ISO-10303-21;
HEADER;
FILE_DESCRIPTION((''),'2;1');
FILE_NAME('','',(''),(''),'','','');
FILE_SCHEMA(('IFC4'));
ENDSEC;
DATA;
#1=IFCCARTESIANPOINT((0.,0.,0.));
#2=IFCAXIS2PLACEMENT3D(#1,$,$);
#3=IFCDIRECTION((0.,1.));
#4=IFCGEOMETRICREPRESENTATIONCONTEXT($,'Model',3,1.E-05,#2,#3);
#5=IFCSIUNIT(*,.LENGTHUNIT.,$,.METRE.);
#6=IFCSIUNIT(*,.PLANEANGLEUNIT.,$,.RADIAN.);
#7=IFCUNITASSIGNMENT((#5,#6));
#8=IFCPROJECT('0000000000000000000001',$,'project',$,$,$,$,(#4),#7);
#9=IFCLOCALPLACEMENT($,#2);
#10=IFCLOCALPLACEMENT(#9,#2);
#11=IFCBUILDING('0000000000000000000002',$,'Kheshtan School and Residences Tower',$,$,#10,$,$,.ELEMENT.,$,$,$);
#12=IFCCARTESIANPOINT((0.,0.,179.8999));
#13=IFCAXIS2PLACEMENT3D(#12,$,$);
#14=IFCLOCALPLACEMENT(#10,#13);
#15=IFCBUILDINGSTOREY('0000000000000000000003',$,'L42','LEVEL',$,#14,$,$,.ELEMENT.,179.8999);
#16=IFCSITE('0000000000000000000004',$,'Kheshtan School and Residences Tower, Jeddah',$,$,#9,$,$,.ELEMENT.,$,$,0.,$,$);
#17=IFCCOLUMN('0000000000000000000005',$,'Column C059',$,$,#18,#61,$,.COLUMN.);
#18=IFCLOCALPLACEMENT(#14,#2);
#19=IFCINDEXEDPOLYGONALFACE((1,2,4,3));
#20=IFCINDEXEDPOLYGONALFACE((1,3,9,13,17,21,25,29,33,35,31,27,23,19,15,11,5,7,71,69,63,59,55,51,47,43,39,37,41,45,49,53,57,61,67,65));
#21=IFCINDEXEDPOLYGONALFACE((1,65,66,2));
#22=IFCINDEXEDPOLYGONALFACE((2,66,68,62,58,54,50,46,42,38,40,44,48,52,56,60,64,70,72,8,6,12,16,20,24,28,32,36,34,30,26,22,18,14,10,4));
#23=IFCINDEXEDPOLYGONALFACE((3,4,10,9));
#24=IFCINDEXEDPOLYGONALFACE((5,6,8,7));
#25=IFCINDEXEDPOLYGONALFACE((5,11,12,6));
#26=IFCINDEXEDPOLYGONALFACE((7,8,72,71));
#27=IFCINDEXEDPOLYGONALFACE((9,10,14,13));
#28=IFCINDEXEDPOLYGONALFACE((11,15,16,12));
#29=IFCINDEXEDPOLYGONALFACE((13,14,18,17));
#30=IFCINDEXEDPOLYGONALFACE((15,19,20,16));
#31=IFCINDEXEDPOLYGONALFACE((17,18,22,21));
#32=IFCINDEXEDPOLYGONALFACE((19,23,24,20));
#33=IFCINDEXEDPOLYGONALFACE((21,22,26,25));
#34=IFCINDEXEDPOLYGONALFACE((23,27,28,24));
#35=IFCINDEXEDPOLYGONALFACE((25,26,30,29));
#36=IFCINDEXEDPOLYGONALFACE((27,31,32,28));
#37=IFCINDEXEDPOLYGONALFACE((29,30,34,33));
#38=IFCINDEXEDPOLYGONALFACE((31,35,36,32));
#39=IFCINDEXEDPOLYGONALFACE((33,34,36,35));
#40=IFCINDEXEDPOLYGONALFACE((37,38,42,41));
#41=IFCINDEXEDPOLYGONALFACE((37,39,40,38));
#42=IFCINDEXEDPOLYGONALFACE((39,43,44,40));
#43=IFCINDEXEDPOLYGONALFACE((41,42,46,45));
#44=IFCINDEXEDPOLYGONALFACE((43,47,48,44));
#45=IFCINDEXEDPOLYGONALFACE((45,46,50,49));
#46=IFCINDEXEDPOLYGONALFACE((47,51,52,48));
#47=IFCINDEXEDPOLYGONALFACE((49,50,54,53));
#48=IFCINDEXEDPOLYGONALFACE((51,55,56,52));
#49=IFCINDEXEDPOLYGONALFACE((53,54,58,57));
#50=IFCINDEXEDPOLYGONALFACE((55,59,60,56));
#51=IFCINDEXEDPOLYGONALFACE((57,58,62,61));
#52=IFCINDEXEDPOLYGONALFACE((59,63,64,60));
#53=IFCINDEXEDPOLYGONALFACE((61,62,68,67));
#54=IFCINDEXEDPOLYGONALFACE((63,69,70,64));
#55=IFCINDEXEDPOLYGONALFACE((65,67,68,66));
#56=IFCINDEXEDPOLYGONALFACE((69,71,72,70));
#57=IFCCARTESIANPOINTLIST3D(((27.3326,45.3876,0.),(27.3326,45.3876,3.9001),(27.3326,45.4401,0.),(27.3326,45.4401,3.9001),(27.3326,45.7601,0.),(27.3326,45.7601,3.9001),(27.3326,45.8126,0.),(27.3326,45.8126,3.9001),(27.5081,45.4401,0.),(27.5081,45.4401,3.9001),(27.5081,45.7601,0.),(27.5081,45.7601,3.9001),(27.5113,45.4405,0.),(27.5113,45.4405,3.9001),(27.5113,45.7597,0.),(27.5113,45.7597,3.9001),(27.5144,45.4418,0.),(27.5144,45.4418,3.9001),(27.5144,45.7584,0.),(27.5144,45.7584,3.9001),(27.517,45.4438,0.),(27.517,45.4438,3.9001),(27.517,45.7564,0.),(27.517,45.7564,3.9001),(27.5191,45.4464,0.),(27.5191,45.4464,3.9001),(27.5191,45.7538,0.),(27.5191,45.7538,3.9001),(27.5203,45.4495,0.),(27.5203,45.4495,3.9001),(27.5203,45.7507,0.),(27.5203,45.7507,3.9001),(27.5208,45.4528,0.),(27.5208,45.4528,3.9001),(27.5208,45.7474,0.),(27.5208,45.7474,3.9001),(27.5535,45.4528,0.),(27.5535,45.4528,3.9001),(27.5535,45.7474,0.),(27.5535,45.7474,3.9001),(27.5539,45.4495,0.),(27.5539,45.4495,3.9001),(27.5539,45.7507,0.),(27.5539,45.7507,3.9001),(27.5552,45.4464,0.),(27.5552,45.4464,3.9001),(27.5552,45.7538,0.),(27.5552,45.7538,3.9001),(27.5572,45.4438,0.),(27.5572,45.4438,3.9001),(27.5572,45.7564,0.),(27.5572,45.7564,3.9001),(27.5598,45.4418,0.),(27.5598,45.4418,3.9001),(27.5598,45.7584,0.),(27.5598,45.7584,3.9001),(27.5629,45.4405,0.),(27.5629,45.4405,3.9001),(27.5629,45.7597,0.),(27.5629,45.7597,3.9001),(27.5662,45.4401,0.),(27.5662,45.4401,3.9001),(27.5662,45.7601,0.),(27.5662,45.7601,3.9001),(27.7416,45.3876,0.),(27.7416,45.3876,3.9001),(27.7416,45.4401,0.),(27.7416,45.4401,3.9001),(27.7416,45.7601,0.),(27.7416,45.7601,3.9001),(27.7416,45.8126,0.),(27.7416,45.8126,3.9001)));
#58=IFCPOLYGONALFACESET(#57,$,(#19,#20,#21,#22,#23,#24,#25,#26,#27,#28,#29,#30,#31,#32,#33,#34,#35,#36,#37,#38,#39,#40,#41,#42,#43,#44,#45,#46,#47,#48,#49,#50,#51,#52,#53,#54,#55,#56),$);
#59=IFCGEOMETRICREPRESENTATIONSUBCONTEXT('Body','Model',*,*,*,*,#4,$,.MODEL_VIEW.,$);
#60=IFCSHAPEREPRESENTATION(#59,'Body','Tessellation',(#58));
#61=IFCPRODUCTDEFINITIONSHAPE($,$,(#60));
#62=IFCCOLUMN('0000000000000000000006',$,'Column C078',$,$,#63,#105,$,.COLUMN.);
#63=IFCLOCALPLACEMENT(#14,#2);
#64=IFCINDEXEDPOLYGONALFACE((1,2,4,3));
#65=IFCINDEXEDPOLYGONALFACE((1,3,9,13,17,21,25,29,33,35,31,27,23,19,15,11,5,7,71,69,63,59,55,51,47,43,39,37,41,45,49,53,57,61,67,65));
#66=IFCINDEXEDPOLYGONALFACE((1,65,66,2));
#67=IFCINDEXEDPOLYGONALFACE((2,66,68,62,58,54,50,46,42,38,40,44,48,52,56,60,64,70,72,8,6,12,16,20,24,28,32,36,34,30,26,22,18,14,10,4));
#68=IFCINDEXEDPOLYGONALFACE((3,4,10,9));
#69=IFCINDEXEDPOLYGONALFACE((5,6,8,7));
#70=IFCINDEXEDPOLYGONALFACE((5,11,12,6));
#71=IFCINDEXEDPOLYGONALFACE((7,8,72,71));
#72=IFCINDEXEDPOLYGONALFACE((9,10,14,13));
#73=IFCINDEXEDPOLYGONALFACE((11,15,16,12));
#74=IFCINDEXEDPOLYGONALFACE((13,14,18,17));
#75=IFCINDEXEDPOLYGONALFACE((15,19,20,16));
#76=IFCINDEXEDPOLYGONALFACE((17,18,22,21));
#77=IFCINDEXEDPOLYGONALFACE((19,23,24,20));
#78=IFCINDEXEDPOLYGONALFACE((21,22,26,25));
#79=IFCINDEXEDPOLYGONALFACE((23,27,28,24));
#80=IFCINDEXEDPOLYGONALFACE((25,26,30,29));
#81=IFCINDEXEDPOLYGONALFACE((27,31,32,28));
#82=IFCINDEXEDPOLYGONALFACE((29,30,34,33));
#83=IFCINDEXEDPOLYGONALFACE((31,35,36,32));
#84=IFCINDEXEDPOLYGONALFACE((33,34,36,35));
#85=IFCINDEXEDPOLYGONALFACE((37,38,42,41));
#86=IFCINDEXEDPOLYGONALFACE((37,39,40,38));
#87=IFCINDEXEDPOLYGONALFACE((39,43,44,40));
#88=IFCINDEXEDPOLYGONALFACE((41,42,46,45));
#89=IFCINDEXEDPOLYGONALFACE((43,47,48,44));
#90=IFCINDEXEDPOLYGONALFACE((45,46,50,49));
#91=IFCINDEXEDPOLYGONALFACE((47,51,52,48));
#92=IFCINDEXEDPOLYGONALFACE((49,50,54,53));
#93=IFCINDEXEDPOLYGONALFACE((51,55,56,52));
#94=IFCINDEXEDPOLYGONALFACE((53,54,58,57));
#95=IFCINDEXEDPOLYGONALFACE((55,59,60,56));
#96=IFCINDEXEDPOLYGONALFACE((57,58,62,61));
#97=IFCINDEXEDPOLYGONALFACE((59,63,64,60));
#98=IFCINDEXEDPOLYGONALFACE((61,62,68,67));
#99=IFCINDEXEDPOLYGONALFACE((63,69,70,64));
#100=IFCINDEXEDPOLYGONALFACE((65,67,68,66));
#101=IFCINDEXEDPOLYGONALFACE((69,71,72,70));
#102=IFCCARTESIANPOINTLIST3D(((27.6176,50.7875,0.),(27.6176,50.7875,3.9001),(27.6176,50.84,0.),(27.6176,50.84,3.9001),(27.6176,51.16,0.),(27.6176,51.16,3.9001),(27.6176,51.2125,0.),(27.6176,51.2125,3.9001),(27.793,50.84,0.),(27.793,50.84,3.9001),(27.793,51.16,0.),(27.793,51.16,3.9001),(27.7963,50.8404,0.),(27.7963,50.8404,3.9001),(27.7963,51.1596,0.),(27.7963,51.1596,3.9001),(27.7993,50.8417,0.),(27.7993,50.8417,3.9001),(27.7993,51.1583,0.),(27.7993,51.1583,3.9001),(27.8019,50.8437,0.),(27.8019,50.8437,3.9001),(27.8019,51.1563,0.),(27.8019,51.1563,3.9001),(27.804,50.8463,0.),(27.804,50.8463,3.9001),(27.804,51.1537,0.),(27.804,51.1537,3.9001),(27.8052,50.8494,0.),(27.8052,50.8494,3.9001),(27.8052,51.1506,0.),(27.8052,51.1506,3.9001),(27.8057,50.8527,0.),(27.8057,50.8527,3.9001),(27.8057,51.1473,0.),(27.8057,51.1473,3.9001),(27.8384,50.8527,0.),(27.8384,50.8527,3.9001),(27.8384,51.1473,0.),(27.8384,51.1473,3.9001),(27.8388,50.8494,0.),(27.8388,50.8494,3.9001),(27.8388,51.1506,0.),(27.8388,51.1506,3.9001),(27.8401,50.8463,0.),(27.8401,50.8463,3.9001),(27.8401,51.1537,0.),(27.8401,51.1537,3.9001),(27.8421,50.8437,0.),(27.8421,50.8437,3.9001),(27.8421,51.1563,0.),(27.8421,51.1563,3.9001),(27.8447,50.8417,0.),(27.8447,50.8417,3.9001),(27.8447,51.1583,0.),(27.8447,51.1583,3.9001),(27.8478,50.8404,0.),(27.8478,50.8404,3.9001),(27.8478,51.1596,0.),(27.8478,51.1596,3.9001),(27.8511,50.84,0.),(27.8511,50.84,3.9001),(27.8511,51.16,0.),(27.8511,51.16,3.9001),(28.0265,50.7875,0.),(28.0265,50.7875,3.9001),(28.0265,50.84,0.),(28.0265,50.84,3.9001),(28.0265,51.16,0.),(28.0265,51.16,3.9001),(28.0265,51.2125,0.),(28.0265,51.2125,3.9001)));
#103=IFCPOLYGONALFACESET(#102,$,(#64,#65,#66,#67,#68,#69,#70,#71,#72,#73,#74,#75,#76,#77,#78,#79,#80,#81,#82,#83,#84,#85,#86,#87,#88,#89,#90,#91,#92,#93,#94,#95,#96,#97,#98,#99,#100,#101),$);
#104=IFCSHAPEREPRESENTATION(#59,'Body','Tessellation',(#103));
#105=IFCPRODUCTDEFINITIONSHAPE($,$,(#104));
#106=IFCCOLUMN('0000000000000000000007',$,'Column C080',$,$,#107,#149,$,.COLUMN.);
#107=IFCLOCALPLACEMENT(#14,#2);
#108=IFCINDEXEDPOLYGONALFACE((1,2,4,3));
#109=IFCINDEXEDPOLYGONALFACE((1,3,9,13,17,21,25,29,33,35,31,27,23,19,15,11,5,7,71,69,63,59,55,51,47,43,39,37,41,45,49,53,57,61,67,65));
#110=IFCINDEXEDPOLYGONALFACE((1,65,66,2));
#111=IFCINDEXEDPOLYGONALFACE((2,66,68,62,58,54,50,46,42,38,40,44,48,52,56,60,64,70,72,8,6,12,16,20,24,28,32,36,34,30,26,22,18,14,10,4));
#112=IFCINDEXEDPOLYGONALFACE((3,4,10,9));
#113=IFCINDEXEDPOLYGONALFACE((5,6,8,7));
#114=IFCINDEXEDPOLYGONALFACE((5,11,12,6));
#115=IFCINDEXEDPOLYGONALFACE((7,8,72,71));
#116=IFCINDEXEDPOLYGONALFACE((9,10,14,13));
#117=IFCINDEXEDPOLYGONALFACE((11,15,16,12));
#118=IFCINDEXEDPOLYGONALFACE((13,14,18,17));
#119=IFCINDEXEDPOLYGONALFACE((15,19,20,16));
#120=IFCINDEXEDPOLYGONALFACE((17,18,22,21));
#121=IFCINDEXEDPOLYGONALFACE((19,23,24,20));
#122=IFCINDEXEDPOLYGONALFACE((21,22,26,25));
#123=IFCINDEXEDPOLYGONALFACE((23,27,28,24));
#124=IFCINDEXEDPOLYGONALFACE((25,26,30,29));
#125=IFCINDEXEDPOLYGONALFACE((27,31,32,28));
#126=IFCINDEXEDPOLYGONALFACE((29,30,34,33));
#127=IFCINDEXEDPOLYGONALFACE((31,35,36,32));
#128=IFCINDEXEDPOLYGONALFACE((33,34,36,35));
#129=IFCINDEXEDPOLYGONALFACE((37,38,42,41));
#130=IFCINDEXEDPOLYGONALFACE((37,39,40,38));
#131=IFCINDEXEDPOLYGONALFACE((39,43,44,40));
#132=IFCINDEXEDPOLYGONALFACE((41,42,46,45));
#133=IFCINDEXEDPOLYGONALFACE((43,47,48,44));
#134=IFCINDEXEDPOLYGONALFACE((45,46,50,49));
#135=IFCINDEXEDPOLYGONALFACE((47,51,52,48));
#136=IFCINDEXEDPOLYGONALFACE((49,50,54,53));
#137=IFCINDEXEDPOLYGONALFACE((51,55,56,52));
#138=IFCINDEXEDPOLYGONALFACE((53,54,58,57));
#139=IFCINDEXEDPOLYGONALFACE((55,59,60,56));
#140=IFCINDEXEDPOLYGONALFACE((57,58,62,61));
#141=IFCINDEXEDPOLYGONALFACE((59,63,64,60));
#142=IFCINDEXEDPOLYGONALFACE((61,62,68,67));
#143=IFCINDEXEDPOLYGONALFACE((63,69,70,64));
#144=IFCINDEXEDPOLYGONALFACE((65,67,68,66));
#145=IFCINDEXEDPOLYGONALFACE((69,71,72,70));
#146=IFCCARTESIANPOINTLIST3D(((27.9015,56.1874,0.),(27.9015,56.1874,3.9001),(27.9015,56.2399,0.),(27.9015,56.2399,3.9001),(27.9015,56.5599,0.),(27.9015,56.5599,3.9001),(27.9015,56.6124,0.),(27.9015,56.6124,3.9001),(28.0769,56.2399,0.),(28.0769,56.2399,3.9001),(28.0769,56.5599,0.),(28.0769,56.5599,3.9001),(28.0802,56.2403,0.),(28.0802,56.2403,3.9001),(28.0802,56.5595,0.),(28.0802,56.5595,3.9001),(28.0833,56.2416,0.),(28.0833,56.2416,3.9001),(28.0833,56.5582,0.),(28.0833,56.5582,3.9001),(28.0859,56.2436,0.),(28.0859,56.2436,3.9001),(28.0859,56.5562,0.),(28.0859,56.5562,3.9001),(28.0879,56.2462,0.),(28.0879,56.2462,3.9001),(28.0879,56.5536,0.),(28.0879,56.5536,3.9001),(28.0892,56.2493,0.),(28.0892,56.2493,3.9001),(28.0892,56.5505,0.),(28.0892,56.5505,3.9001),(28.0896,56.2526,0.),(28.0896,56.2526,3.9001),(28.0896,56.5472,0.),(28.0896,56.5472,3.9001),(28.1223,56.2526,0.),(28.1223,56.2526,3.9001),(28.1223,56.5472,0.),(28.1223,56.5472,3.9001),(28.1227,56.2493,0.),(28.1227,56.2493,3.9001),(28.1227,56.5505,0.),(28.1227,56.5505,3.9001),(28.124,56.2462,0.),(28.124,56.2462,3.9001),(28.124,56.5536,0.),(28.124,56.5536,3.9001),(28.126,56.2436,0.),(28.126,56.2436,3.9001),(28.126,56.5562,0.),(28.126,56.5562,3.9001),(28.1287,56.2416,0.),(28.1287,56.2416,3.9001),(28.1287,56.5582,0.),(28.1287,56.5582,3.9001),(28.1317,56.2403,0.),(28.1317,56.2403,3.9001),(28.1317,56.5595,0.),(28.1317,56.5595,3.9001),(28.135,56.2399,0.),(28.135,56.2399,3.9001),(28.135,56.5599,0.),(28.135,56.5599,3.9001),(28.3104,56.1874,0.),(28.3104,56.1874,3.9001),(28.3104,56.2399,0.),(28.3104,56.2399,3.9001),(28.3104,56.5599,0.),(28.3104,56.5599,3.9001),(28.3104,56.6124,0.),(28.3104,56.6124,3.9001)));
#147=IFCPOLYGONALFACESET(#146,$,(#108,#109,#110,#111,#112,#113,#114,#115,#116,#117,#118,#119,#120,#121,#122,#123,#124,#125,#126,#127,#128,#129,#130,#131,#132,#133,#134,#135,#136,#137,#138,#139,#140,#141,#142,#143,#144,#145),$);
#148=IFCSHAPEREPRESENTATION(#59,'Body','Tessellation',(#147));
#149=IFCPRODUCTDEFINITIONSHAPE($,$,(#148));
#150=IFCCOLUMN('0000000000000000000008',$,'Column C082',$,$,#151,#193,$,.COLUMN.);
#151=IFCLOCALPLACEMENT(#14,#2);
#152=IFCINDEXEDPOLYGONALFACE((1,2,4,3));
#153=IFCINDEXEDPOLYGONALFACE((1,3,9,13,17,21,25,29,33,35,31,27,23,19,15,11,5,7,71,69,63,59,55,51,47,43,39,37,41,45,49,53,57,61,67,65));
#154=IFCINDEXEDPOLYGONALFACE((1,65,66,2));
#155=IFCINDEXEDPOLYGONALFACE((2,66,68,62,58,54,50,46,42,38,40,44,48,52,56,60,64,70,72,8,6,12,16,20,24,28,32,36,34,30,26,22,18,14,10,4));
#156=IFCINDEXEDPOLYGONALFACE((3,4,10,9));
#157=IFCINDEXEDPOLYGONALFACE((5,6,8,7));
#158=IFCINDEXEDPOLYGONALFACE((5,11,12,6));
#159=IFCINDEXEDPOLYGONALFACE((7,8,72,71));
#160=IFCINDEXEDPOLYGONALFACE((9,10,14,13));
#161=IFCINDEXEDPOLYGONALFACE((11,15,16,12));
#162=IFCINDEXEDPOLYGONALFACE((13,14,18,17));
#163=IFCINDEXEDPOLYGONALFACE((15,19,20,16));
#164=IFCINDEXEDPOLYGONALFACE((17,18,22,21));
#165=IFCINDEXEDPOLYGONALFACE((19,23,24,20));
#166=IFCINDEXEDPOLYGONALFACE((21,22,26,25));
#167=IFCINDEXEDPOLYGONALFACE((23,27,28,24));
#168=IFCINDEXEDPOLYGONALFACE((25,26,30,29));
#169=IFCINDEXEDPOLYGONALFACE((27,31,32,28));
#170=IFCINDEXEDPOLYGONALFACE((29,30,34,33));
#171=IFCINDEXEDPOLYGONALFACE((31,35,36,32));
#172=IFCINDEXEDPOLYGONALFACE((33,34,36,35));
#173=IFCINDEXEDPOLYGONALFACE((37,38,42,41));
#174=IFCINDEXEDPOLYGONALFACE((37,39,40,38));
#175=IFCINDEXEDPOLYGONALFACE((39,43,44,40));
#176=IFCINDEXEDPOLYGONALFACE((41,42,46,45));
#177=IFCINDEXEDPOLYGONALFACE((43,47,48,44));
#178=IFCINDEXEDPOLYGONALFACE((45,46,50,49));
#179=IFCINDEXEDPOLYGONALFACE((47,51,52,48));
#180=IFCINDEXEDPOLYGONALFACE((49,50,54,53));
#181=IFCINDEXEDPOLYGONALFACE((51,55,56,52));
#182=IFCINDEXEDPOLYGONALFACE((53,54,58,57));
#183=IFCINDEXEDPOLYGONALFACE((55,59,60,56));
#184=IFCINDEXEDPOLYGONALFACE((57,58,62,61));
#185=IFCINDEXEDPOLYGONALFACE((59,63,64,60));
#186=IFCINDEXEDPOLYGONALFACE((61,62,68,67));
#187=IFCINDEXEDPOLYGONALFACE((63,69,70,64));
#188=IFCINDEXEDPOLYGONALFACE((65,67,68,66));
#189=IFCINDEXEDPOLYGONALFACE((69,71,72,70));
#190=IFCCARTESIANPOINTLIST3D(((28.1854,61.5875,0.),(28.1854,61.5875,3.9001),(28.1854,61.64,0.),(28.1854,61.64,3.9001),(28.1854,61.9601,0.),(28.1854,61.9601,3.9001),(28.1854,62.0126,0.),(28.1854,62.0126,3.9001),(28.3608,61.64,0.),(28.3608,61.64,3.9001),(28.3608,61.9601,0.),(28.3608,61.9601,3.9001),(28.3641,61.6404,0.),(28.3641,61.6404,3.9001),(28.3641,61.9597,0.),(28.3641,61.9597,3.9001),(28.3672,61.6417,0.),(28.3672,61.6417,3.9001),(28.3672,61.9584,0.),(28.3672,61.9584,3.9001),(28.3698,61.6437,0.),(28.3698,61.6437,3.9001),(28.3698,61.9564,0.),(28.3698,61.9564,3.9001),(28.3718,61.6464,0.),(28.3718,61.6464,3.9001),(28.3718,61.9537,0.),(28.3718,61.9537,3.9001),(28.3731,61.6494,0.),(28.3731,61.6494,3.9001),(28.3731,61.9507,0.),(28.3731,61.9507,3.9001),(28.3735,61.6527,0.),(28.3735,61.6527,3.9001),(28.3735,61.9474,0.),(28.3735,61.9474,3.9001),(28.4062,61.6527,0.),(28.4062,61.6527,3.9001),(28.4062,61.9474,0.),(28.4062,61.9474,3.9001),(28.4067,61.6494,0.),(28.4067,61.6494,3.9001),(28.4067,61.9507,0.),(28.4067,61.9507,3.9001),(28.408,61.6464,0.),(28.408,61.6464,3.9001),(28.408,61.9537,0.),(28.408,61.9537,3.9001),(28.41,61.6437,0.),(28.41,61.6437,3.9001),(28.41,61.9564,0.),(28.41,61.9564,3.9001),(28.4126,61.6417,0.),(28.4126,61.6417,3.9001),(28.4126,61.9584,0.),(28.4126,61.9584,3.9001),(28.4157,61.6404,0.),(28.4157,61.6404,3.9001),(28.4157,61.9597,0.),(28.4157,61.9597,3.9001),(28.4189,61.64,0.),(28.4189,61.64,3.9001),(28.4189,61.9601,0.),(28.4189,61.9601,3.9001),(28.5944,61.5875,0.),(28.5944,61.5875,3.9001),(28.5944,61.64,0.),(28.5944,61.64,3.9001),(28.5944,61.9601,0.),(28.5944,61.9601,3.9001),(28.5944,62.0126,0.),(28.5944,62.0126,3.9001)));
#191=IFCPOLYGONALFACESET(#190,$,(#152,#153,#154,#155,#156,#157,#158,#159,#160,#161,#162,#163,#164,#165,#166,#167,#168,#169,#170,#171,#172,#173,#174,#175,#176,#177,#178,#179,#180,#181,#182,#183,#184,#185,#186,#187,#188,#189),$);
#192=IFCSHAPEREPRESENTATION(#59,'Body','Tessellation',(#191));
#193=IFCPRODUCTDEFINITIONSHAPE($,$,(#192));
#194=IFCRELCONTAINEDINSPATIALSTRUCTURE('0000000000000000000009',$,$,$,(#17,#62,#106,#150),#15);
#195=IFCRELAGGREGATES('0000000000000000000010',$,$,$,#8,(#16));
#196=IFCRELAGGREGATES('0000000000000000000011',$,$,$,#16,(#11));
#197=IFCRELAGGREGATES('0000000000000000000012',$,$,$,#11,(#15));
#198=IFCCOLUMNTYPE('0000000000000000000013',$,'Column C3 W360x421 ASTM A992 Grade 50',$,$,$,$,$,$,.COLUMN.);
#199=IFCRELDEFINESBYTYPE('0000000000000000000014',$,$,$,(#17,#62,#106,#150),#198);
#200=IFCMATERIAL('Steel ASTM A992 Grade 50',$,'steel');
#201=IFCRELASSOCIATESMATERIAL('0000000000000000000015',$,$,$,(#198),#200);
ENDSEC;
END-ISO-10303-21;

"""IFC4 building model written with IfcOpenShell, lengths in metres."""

from ifc_helpers import new_model, si_unit, direction, frame, origin, origin_2d, place, context, subcontext, project, spatial, i_section, extrude, material, material_profile, profile_set, type_object, element, save


model = new_model("IFC4")

# Units and contexts
model_context = context("Model", 3, precision=1e-05, world=origin(), true_north=direction((0.0, 1.0)))
body_context = subcontext(model_context, "Body", "Model", "MODEL_VIEW")
ifc_project = project(units=[si_unit("LENGTHUNIT", "METRE"), si_unit("PLANEANGLEUNIT", "RADIAN")], contexts=[model_context])

# Site, building, storey
site_placement = place(None, origin())
site = spatial("IfcSite", under=ifc_project, at=site_placement, Name="Kheshtan School and Residences Tower, Jeddah", CompositionType="ELEMENT", RefElevation=0.0)
building_placement = place(site_placement, origin())
building = spatial("IfcBuilding", under=site, at=building_placement, Name="Kheshtan School and Residences Tower", CompositionType="ELEMENT")
storey_placement = place(building_placement, frame((0.0, 0.0, 179.8999)))
storey = spatial("IfcBuildingStorey", under=building, at=storey_placement, Name="L42", Description="LEVEL", CompositionType="ELEMENT", Elevation=179.8999)

# Columns
ifc_material_1 = material(Name="Steel ASTM A992 Grade 50", Category="steel")
ifc_material_profile_1 = material_profile(ifc_material_1, i_section(OverallWidth=0.4089, OverallDepth=0.425, WebThickness=0.0327, FlangeThickness=0.0525, FilletRadius=0.0127, at=origin_2d()), Name="W360x421")
ifc_profile_set_1 = profile_set([ifc_material_profile_1], Name="Steel ASTM A992 Grade 50")
column_type = type_object("IfcColumnType", Name="Column C3 W360x421 ASTM A992 Grade 50", PredefinedType="COLUMN", material=ifc_profile_set_1)
for number, where, z_axis, x_axis, name in (
    (1, (27.5371, 45.6001, 0.0), (0.0, 0.0, 1.0), (1.0, 0.0, 0.0), "Column C059"),
    (2, (27.822, 51.0, 0.0), (0.0, 0.0, 1.0), (1.0, 0.0, 0.0), "Column C078"),
    (3, (28.106, 56.3999, 0.0), (0.0, 0.0, 1.0), (1.0, 0.0, 0.0), "Column C080"),
    (4, (28.3899, 61.8, 0.0), (0.0, 0.0, 1.0), (1.0, 0.0, 0.0), "Column C082"),
):
    element("IfcColumn", number, at=place(storey_placement, frame(where, z_axis=z_axis, x_axis=x_axis)), inside=storey, type_object=column_type, Name=name, PredefinedType="COLUMN", context=body_context, shape_type="SweptSolid", body=[
        extrude(i_section(OverallWidth=0.4089, OverallDepth=0.425, WebThickness=0.0327, FlangeThickness=0.0525, FilletRadius=0.0127, at=origin_2d()), origin(), (0.0, 0.0, 1.0), 3.9001),
    ])

save(model, "model.ifc")
